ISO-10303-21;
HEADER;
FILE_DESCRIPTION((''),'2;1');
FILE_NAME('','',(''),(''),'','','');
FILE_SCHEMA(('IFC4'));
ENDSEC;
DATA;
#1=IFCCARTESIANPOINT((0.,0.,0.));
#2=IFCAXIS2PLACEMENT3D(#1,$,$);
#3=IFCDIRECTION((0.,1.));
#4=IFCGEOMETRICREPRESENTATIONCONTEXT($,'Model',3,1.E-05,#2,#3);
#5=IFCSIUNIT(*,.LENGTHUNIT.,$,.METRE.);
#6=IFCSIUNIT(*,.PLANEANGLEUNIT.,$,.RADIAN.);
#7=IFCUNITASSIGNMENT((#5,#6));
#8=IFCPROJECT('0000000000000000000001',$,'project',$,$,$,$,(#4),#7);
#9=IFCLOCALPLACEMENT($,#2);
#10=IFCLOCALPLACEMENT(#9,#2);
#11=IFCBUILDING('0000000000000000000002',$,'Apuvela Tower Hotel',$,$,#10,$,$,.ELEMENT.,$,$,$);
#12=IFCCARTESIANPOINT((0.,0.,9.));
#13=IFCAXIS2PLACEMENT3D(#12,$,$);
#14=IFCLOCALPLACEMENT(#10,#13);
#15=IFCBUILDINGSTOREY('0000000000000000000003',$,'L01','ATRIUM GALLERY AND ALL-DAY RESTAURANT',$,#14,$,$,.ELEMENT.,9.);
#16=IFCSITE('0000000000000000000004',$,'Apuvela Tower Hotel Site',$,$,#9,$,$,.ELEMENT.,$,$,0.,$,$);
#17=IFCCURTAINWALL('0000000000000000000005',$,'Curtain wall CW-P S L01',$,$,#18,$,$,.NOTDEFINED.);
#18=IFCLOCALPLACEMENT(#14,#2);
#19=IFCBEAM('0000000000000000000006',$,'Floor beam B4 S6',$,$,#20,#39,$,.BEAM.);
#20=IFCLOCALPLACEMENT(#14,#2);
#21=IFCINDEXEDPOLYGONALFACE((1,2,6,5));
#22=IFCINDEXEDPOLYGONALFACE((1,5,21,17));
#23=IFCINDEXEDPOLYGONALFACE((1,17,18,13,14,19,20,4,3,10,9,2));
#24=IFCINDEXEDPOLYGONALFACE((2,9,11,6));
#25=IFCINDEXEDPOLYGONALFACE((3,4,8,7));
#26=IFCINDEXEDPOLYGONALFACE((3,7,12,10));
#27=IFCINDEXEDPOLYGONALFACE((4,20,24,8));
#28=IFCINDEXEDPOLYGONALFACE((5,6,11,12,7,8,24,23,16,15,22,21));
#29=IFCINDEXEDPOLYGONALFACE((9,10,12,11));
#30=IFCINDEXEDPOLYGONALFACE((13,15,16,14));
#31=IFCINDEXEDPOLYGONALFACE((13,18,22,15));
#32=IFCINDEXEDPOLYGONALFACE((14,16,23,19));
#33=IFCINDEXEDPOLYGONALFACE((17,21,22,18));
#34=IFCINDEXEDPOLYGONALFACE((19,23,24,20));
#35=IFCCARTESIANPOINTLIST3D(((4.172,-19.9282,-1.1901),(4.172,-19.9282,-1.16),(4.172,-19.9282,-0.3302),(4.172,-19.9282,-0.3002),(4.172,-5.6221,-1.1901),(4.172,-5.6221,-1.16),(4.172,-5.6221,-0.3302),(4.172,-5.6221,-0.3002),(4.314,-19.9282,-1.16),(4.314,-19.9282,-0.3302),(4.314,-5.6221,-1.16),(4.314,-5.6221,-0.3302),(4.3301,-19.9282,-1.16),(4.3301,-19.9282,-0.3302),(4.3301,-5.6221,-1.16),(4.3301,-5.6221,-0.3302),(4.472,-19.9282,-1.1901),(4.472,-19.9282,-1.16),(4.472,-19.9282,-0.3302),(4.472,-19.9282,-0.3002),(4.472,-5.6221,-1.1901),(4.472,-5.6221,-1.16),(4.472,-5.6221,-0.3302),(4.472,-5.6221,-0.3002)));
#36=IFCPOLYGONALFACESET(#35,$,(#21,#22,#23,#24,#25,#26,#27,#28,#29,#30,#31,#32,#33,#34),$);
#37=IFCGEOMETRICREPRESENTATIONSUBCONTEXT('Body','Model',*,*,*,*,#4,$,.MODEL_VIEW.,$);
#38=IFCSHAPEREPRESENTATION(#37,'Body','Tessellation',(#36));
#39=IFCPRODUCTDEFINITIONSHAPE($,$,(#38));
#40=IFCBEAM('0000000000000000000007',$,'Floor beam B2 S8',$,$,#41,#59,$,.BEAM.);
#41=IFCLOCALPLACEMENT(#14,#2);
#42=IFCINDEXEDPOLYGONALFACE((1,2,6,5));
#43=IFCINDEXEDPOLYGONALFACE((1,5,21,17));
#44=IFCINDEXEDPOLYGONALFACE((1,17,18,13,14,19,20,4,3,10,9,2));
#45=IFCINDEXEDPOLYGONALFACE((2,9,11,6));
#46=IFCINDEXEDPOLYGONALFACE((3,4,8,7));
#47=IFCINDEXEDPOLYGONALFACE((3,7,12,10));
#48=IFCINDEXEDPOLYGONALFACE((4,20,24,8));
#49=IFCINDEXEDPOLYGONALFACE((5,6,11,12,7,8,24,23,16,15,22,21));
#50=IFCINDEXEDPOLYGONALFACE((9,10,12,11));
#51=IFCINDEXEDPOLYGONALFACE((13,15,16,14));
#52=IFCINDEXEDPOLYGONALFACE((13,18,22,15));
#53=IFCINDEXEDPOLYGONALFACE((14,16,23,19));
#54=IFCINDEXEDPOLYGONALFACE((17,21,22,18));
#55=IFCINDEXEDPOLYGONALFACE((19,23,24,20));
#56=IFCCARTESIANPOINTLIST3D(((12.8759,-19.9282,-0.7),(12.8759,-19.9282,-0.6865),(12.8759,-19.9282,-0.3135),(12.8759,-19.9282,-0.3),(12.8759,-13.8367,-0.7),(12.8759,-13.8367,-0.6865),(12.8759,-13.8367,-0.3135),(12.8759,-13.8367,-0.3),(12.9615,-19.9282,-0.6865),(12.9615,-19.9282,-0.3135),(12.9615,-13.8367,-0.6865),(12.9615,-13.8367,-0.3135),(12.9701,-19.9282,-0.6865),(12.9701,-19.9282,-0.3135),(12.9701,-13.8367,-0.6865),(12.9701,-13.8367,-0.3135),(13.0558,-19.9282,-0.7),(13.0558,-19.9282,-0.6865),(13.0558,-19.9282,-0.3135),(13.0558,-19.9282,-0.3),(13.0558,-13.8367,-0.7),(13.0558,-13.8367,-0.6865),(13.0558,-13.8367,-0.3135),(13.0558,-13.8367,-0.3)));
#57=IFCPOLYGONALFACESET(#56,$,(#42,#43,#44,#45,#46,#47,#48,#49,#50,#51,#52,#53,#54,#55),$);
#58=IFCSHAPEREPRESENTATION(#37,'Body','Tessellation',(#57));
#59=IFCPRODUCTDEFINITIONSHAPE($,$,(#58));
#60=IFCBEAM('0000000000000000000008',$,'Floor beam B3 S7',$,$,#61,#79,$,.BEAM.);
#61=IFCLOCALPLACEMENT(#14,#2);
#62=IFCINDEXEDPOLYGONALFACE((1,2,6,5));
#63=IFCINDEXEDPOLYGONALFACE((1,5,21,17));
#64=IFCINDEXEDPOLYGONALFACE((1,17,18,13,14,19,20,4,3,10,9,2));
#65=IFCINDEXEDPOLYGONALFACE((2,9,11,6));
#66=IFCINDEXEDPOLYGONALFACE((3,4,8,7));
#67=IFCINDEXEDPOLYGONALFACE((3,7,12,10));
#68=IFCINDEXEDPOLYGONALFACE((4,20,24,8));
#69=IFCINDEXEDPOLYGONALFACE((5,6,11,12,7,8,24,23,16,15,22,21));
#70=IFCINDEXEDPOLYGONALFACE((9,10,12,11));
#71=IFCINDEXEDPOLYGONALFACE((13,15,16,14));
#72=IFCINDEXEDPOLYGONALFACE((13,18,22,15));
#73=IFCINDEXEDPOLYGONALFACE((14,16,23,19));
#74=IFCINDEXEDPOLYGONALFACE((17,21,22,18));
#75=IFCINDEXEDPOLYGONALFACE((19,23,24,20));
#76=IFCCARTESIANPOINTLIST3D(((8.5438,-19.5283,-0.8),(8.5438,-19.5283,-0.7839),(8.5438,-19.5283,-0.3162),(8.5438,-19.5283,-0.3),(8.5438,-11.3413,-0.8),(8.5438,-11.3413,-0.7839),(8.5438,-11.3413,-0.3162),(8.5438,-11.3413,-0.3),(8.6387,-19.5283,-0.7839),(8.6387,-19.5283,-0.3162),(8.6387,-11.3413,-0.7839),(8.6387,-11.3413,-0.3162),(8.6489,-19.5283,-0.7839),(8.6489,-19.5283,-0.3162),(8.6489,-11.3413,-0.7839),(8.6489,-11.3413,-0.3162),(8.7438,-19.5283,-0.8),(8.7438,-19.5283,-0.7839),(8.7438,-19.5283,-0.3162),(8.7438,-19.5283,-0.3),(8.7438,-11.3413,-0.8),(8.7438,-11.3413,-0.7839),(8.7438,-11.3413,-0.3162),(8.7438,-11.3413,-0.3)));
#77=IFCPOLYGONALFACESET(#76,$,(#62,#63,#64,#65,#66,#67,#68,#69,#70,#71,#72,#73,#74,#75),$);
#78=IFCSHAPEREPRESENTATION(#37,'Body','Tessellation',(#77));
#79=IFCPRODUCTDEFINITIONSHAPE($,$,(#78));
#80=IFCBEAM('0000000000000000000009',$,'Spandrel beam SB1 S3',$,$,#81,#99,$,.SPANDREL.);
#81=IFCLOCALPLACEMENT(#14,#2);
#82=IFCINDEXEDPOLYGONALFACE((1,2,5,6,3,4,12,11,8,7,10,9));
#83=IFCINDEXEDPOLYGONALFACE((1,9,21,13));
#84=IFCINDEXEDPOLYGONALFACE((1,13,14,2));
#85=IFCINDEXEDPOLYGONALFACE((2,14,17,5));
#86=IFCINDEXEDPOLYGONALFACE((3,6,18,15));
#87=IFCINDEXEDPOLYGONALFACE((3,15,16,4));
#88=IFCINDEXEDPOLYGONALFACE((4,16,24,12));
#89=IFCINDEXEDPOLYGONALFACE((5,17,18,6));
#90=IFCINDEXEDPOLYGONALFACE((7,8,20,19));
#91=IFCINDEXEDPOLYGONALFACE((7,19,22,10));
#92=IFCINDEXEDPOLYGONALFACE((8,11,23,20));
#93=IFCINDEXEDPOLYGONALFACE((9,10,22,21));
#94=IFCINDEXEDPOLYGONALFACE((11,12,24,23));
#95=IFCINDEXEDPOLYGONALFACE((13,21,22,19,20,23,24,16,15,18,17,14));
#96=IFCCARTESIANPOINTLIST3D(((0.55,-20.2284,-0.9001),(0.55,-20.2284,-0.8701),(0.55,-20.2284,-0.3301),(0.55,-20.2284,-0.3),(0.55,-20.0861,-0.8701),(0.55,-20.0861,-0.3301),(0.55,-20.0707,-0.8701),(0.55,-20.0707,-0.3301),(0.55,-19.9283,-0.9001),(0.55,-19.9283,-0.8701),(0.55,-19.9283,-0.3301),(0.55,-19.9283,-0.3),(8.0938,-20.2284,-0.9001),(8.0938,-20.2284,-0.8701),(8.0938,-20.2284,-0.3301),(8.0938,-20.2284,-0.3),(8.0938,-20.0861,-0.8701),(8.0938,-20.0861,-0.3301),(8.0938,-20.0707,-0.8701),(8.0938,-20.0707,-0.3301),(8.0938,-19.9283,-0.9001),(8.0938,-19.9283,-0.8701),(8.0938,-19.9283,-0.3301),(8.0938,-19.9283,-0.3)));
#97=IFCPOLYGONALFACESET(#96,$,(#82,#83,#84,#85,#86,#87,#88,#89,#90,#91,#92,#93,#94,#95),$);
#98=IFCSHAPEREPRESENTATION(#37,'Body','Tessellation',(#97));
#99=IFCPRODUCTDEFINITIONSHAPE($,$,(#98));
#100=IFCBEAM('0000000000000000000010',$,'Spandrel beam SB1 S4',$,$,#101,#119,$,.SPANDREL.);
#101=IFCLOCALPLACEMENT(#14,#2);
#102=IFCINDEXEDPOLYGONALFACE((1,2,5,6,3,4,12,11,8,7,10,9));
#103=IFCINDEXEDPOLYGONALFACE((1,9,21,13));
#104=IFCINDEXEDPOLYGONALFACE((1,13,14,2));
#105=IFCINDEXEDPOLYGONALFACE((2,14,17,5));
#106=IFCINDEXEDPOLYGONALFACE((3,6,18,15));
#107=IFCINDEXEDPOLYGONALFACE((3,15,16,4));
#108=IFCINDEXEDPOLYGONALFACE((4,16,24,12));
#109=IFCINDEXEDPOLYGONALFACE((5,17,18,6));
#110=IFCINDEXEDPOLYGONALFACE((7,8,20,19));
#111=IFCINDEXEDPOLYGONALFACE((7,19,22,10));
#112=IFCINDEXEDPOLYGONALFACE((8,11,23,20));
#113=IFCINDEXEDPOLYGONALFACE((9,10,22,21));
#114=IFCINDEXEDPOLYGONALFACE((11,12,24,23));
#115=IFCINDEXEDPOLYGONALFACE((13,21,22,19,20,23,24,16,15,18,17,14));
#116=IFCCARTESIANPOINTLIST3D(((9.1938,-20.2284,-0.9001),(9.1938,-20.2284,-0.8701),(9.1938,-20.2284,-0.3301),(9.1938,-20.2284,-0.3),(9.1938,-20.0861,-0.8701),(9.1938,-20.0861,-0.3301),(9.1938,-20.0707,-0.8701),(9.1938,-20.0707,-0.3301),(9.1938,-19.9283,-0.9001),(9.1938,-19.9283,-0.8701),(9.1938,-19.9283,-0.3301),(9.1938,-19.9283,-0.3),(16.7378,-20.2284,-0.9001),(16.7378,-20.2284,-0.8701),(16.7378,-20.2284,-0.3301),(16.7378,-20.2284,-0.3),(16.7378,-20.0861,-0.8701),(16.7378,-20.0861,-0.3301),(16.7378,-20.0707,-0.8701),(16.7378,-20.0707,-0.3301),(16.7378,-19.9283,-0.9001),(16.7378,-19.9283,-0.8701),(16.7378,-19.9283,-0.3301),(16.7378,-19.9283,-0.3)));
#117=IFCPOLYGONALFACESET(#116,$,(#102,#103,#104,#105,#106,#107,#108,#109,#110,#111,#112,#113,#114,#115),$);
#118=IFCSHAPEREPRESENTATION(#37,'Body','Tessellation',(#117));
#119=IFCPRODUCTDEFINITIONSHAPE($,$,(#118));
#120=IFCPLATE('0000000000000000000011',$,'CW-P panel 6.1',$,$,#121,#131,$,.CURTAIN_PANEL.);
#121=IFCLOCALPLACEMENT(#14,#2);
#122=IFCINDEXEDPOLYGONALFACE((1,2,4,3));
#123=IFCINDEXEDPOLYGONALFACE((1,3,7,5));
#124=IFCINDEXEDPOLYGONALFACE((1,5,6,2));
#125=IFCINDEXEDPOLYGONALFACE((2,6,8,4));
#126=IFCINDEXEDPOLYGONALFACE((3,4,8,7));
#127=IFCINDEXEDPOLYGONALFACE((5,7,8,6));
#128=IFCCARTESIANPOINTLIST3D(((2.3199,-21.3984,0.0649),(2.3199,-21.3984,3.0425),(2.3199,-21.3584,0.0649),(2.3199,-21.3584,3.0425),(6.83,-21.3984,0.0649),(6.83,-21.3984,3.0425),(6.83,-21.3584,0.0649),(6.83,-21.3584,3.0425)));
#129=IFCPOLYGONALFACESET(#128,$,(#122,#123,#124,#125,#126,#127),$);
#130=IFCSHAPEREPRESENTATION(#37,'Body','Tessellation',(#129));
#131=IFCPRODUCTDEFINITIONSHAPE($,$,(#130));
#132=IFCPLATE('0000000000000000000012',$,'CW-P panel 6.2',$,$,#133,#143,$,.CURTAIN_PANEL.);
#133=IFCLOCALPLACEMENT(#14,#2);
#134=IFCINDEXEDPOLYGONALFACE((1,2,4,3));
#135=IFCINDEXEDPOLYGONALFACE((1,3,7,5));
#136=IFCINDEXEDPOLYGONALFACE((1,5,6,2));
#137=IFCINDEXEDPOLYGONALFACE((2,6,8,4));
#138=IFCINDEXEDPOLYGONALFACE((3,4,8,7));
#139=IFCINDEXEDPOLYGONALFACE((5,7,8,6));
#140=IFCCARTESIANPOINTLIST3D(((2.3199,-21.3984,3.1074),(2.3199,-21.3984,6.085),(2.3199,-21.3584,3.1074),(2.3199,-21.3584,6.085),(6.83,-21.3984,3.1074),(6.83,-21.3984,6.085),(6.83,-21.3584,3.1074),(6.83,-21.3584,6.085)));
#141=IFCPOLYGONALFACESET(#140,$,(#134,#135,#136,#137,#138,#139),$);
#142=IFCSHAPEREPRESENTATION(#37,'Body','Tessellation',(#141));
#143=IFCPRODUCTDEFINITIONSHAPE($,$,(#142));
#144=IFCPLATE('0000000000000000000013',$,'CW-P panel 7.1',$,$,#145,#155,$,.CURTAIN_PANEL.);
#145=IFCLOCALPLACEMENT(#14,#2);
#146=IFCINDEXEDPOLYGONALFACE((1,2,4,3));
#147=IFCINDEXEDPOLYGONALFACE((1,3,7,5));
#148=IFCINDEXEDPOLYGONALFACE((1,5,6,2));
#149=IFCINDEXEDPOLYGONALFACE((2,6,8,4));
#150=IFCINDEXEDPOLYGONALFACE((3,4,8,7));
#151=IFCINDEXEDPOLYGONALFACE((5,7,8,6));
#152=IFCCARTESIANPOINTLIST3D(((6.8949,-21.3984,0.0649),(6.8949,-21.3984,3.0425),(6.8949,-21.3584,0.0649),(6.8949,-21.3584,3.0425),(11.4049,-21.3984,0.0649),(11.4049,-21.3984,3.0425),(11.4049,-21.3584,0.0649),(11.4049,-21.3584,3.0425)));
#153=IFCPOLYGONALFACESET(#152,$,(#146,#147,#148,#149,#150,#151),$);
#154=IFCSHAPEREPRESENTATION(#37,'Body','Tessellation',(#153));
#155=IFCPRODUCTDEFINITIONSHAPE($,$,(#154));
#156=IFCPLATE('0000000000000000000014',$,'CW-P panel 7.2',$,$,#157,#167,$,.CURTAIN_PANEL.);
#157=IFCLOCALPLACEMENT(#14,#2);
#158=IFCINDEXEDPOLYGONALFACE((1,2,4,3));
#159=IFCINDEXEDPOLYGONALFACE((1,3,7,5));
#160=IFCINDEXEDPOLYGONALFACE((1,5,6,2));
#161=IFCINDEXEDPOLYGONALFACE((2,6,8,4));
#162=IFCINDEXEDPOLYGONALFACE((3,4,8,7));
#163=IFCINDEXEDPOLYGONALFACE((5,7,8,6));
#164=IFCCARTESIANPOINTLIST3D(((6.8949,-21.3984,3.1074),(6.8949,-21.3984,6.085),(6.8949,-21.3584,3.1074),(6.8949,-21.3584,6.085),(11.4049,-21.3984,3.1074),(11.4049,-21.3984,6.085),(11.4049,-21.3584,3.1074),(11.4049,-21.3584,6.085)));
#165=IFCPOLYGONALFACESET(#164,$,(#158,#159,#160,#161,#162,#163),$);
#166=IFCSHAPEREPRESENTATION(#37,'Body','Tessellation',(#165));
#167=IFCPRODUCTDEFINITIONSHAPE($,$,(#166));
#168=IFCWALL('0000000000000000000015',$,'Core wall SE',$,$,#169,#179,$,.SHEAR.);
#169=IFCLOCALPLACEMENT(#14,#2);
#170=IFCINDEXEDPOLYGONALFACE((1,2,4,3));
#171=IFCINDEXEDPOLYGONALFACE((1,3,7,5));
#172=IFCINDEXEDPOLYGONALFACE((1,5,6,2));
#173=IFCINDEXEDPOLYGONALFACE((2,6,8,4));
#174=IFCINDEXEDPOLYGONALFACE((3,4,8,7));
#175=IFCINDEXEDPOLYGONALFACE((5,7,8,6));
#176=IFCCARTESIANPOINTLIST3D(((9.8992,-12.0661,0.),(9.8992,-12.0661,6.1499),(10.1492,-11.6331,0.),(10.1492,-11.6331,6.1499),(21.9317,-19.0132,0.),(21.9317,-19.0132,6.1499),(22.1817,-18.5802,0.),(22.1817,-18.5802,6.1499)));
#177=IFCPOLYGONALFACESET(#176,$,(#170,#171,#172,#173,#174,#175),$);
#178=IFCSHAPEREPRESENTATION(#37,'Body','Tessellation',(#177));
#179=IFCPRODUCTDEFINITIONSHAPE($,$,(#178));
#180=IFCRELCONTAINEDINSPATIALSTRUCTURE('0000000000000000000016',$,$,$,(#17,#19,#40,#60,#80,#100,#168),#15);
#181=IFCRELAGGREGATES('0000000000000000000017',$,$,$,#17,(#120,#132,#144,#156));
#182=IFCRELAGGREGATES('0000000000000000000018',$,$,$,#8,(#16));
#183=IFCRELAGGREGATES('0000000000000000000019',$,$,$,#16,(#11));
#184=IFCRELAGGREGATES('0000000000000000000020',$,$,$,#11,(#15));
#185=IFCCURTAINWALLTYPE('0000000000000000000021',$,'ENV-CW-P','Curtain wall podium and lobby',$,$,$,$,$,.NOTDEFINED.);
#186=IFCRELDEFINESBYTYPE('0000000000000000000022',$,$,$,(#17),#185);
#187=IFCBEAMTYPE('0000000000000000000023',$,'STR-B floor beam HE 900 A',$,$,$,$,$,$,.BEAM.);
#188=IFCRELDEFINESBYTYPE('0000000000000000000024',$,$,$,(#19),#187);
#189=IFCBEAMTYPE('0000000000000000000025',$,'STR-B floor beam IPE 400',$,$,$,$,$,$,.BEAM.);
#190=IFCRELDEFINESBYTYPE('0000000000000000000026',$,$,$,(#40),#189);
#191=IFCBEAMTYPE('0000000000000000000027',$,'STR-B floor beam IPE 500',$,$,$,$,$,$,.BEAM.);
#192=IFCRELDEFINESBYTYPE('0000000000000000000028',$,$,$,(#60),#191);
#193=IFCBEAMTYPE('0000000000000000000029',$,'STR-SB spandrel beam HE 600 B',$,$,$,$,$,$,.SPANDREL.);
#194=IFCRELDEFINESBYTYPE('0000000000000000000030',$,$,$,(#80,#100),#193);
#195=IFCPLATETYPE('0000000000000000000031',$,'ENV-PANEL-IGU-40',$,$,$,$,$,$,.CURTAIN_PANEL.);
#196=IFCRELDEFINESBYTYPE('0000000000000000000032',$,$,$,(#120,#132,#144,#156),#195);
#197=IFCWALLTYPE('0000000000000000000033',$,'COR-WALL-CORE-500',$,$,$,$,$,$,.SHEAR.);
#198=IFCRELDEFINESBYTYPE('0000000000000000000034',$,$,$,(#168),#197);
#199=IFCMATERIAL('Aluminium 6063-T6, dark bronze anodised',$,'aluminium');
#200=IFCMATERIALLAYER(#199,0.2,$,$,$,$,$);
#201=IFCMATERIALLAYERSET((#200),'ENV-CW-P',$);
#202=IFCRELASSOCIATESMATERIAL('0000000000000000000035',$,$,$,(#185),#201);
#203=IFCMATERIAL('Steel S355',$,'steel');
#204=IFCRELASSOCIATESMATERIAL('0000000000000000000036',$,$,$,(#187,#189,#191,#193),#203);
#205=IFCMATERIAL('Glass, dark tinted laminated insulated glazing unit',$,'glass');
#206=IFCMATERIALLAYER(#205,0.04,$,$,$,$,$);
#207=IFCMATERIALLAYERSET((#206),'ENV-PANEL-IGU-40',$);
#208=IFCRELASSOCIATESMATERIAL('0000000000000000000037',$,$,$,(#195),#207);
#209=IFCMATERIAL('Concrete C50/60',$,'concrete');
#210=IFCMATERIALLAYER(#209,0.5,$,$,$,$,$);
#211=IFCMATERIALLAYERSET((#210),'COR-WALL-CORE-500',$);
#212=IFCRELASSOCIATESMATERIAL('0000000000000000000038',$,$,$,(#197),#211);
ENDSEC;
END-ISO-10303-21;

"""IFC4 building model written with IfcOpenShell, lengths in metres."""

from ifc_helpers import new_model, si_unit, direction, frame, frame_2d, origin, origin_2d, place, context, subcontext, project, spatial, rectangle, i_section, extrude, material, layer, layer_set, material_profile, profile_set, type_object, element, aggregate, save


model = new_model("IFC4")

# Units and contexts
model_context = context("Model", 3, precision=1e-05, world=origin(), true_north=direction((0.0, 1.0)))
body_context = subcontext(model_context, "Body", "Model", "MODEL_VIEW")
ifc_project = project(units=[si_unit("LENGTHUNIT", "METRE"), si_unit("PLANEANGLEUNIT", "RADIAN")], contexts=[model_context])

# Site, building, storey
site_placement = place(None, origin())
site = spatial("IfcSite", under=ifc_project, at=site_placement, Name="Apuvela Tower Hotel Site", CompositionType="ELEMENT", RefElevation=0.0)
building_placement = place(site_placement, origin())
building = spatial("IfcBuilding", under=site, at=building_placement, Name="Apuvela Tower Hotel", CompositionType="ELEMENT")
storey_placement = place(building_placement, frame((0.0, 0.0, 9.0)))
storey = spatial("IfcBuildingStorey", under=building, at=storey_placement, Name="L01", Description="ATRIUM GALLERY AND ALL-DAY RESTAURANT", CompositionType="ELEMENT", Elevation=9.0)

# Curtain wall
ifc_material_1 = material(Name="Aluminium 6063-T6, dark bronze anodised", Category="aluminium")
ifc_layer_1 = layer(ifc_material_1, 0.2)
ifc_layer_set_1 = layer_set([ifc_layer_1], Name="ENV-CW-P")
curtain_wall_type = type_object("IfcCurtainWallType", Name="ENV-CW-P", Description="Curtain wall podium and lobby", PredefinedType="NOTDEFINED", material=ifc_layer_set_1)
curtain_wall_placement = place(storey_placement, origin())
curtain_wall = element("IfcCurtainWall", 1, at=curtain_wall_placement, inside=storey, type_object=curtain_wall_type, Name="Curtain wall CW-P S L01", PredefinedType="NOTDEFINED")

# Beams
ifc_material_2 = material(Name="Steel S355", Category="steel")
ifc_material_profile_1 = material_profile(ifc_material_2, i_section(OverallWidth=0.3, OverallDepth=0.8899, WebThickness=0.0161, FlangeThickness=0.03, at=origin_2d()), Name="HE 900 A")
ifc_profile_set_1 = profile_set([ifc_material_profile_1], Name="Steel S355")
beam_type_1 = type_object("IfcBeamType", Name="STR-B floor beam HE 900 A", PredefinedType="BEAM", material=ifc_profile_set_1)
beam_1_placement = place(storey_placement, frame((4.322, -19.9282, -0.7451), z_axis=(0.0, 1.0, 0.0), x_axis=(-1.0, 0.0, 0.0)))
element("IfcBeam", 2, at=beam_1_placement, inside=storey, type_object=beam_type_1, Name="Floor beam B4 S6", PredefinedType="BEAM", context=body_context, shape_type="SweptSolid", body=[
    extrude(i_section(OverallWidth=0.3, OverallDepth=0.8899, WebThickness=0.0161, FlangeThickness=0.03, at=origin_2d()), origin(), (0.0, 0.0, 1.0), 14.3062),
])
ifc_material_profile_2 = material_profile(ifc_material_2, i_section(OverallWidth=0.1799, OverallDepth=0.3999, WebThickness=0.0085, FlangeThickness=0.0134, at=origin_2d()), Name="IPE 400")
ifc_profile_set_2 = profile_set([ifc_material_profile_2], Name="Steel S355")
beam_type_2 = type_object("IfcBeamType", Name="STR-B floor beam IPE 400", PredefinedType="BEAM", material=ifc_profile_set_2)
beam_2_placement = place(storey_placement, frame((12.9658, -19.9282, -0.5), z_axis=(0.0, 1.0, 0.0), x_axis=(-1.0, 0.0, 0.0)))
element("IfcBeam", 3, at=beam_2_placement, inside=storey, type_object=beam_type_2, Name="Floor beam B2 S8", PredefinedType="BEAM", context=body_context, shape_type="SweptSolid", body=[
    extrude(i_section(OverallWidth=0.1799, OverallDepth=0.3999, WebThickness=0.0085, FlangeThickness=0.0134, at=origin_2d()), origin(), (0.0, 0.0, 1.0), 6.0916),
])
ifc_material_profile_3 = material_profile(ifc_material_2, i_section(OverallWidth=0.2, OverallDepth=0.5, WebThickness=0.0103, FlangeThickness=0.0161, at=origin_2d()), Name="IPE 500")
ifc_profile_set_3 = profile_set([ifc_material_profile_3], Name="Steel S355")
beam_type_3 = type_object("IfcBeamType", Name="STR-B floor beam IPE 500", PredefinedType="BEAM", material=ifc_profile_set_3)
beam_3_placement = place(storey_placement, frame((8.6438, -19.5283, -0.55), z_axis=(0.0, 1.0, 0.0), x_axis=(-1.0, 0.0, 0.0)))
element("IfcBeam", 4, at=beam_3_placement, inside=storey, type_object=beam_type_3, Name="Floor beam B3 S7", PredefinedType="BEAM", context=body_context, shape_type="SweptSolid", body=[
    extrude(i_section(OverallWidth=0.2, OverallDepth=0.5, WebThickness=0.0103, FlangeThickness=0.0161, at=origin_2d()), origin(), (0.0, 0.0, 1.0), 8.187),
])
ifc_material_profile_4 = material_profile(ifc_material_2, i_section(OverallWidth=0.3, OverallDepth=0.6001, WebThickness=0.0154, FlangeThickness=0.03, at=origin_2d()), Name="HE 600 B")
ifc_profile_set_4 = profile_set([ifc_material_profile_4], Name="Steel S355")
beam_type_4 = type_object("IfcBeamType", Name="STR-SB spandrel beam HE 600 B", PredefinedType="SPANDREL", material=ifc_profile_set_4)
beam_4_placement = place(storey_placement, frame((0.55, -20.0784, -0.6001), z_axis=(1.0, 0.0, 0.0), x_axis=(0.0, 1.0, 0.0)))
element("IfcBeam", 5, at=beam_4_placement, inside=storey, type_object=beam_type_4, Name="Spandrel beam SB1 S3", PredefinedType="SPANDREL", context=body_context, shape_type="SweptSolid", body=[
    extrude(i_section(OverallWidth=0.3, OverallDepth=0.6001, WebThickness=0.0154, FlangeThickness=0.03, at=origin_2d()), origin(), (0.0, 0.0, 1.0), 7.5437),
])
beam_5_placement = place(storey_placement, frame((9.1938, -20.0784, -0.6001), z_axis=(1.0, 0.0, 0.0), x_axis=(0.0, 1.0, 0.0)))
element("IfcBeam", 6, at=beam_5_placement, inside=storey, type_object=beam_type_4, Name="Spandrel beam SB1 S4", PredefinedType="SPANDREL", context=body_context, shape_type="SweptSolid", body=[
    extrude(i_section(OverallWidth=0.3, OverallDepth=0.6001, WebThickness=0.0154, FlangeThickness=0.03, at=origin_2d()), origin(), (0.0, 0.0, 1.0), 7.5439),
])

# Plates
ifc_material_3 = material(Name="Glass, dark tinted laminated insulated glazing unit", Category="glass")
ifc_layer_2 = layer(ifc_material_3, 0.04)
ifc_layer_set_2 = layer_set([ifc_layer_2], Name="ENV-PANEL-IGU-40")
plate_type = type_object("IfcPlateType", Name="ENV-PANEL-IGU-40", PredefinedType="CURTAIN_PANEL", material=ifc_layer_set_2)
plate_1_placement = place(storey_placement, frame((4.575, -21.3784, 0.0649), z_axis=(0.0, 0.0, 1.0), x_axis=(1.0, 0.0, 0.0)))
plate_1 = element("IfcPlate", 7, at=plate_1_placement, type_object=plate_type, Name="CW-P panel 6.1", PredefinedType="CURTAIN_PANEL", context=body_context, shape_type="SweptSolid", body=[
    extrude(rectangle(XDim=4.51, YDim=0.04, at=origin_2d()), origin(), (0.0, 0.0, 1.0), 2.9775),
])
plate_2_placement = place(storey_placement, frame((4.575, -21.3784, 3.1074), z_axis=(0.0, 0.0, 1.0), x_axis=(1.0, 0.0, 0.0)))
plate_2 = element("IfcPlate", 8, at=plate_2_placement, type_object=plate_type, Name="CW-P panel 6.2", PredefinedType="CURTAIN_PANEL", context=body_context, shape_type="SweptSolid", body=[
    extrude(rectangle(XDim=4.51, YDim=0.04, at=origin_2d()), origin(), (0.0, 0.0, 1.0), 2.9775),
])
plate_3_placement = place(storey_placement, frame((9.1499, -21.3784, 0.0649), z_axis=(0.0, 0.0, 1.0), x_axis=(1.0, 0.0, 0.0)))
plate_3 = element("IfcPlate", 9, at=plate_3_placement, type_object=plate_type, Name="CW-P panel 7.1", PredefinedType="CURTAIN_PANEL", context=body_context, shape_type="SweptSolid", body=[
    extrude(rectangle(XDim=4.51, YDim=0.04, at=origin_2d()), origin(), (0.0, 0.0, 1.0), 2.9775),
])
plate_4_placement = place(storey_placement, frame((9.1499, -21.3784, 3.1074), z_axis=(0.0, 0.0, 1.0), x_axis=(1.0, 0.0, 0.0)))
plate_4 = element("IfcPlate", 10, at=plate_4_placement, type_object=plate_type, Name="CW-P panel 7.2", PredefinedType="CURTAIN_PANEL", context=body_context, shape_type="SweptSolid", body=[
    extrude(rectangle(XDim=4.51, YDim=0.04, at=origin_2d()), origin(), (0.0, 0.0, 1.0), 2.9775),
])
aggregate(curtain_wall, [plate_1, plate_2, plate_3, plate_4])

# Wall
ifc_material_4 = material(Name="Concrete C50/60", Category="concrete")
ifc_layer_3 = layer(ifc_material_4, 0.5)
ifc_layer_set_3 = layer_set([ifc_layer_3], Name="COR-WALL-CORE-500")
wall_type_1 = type_object("IfcWallType", Name="COR-WALL-CORE-500", PredefinedType="SHEAR", material=ifc_layer_set_3)
wall_1_placement = place(storey_placement, frame((10.0242, -11.8496, 0.0), z_axis=(0.0, 0.0, 1.0), x_axis=(0.866023, -0.500004, 0.0)))
element("IfcWall", 11, at=wall_1_placement, inside=storey, type_object=wall_type_1, Name="Core wall SE", PredefinedType="SHEAR", context=body_context, shape_type="SweptSolid", body=[
    extrude(rectangle(XDim=13.894, YDim=0.5, at=frame_2d((6.947, 0.0))), origin(), (0.0, 0.0, 1.0), 6.1499),
])

save(model, "model.ifc")
